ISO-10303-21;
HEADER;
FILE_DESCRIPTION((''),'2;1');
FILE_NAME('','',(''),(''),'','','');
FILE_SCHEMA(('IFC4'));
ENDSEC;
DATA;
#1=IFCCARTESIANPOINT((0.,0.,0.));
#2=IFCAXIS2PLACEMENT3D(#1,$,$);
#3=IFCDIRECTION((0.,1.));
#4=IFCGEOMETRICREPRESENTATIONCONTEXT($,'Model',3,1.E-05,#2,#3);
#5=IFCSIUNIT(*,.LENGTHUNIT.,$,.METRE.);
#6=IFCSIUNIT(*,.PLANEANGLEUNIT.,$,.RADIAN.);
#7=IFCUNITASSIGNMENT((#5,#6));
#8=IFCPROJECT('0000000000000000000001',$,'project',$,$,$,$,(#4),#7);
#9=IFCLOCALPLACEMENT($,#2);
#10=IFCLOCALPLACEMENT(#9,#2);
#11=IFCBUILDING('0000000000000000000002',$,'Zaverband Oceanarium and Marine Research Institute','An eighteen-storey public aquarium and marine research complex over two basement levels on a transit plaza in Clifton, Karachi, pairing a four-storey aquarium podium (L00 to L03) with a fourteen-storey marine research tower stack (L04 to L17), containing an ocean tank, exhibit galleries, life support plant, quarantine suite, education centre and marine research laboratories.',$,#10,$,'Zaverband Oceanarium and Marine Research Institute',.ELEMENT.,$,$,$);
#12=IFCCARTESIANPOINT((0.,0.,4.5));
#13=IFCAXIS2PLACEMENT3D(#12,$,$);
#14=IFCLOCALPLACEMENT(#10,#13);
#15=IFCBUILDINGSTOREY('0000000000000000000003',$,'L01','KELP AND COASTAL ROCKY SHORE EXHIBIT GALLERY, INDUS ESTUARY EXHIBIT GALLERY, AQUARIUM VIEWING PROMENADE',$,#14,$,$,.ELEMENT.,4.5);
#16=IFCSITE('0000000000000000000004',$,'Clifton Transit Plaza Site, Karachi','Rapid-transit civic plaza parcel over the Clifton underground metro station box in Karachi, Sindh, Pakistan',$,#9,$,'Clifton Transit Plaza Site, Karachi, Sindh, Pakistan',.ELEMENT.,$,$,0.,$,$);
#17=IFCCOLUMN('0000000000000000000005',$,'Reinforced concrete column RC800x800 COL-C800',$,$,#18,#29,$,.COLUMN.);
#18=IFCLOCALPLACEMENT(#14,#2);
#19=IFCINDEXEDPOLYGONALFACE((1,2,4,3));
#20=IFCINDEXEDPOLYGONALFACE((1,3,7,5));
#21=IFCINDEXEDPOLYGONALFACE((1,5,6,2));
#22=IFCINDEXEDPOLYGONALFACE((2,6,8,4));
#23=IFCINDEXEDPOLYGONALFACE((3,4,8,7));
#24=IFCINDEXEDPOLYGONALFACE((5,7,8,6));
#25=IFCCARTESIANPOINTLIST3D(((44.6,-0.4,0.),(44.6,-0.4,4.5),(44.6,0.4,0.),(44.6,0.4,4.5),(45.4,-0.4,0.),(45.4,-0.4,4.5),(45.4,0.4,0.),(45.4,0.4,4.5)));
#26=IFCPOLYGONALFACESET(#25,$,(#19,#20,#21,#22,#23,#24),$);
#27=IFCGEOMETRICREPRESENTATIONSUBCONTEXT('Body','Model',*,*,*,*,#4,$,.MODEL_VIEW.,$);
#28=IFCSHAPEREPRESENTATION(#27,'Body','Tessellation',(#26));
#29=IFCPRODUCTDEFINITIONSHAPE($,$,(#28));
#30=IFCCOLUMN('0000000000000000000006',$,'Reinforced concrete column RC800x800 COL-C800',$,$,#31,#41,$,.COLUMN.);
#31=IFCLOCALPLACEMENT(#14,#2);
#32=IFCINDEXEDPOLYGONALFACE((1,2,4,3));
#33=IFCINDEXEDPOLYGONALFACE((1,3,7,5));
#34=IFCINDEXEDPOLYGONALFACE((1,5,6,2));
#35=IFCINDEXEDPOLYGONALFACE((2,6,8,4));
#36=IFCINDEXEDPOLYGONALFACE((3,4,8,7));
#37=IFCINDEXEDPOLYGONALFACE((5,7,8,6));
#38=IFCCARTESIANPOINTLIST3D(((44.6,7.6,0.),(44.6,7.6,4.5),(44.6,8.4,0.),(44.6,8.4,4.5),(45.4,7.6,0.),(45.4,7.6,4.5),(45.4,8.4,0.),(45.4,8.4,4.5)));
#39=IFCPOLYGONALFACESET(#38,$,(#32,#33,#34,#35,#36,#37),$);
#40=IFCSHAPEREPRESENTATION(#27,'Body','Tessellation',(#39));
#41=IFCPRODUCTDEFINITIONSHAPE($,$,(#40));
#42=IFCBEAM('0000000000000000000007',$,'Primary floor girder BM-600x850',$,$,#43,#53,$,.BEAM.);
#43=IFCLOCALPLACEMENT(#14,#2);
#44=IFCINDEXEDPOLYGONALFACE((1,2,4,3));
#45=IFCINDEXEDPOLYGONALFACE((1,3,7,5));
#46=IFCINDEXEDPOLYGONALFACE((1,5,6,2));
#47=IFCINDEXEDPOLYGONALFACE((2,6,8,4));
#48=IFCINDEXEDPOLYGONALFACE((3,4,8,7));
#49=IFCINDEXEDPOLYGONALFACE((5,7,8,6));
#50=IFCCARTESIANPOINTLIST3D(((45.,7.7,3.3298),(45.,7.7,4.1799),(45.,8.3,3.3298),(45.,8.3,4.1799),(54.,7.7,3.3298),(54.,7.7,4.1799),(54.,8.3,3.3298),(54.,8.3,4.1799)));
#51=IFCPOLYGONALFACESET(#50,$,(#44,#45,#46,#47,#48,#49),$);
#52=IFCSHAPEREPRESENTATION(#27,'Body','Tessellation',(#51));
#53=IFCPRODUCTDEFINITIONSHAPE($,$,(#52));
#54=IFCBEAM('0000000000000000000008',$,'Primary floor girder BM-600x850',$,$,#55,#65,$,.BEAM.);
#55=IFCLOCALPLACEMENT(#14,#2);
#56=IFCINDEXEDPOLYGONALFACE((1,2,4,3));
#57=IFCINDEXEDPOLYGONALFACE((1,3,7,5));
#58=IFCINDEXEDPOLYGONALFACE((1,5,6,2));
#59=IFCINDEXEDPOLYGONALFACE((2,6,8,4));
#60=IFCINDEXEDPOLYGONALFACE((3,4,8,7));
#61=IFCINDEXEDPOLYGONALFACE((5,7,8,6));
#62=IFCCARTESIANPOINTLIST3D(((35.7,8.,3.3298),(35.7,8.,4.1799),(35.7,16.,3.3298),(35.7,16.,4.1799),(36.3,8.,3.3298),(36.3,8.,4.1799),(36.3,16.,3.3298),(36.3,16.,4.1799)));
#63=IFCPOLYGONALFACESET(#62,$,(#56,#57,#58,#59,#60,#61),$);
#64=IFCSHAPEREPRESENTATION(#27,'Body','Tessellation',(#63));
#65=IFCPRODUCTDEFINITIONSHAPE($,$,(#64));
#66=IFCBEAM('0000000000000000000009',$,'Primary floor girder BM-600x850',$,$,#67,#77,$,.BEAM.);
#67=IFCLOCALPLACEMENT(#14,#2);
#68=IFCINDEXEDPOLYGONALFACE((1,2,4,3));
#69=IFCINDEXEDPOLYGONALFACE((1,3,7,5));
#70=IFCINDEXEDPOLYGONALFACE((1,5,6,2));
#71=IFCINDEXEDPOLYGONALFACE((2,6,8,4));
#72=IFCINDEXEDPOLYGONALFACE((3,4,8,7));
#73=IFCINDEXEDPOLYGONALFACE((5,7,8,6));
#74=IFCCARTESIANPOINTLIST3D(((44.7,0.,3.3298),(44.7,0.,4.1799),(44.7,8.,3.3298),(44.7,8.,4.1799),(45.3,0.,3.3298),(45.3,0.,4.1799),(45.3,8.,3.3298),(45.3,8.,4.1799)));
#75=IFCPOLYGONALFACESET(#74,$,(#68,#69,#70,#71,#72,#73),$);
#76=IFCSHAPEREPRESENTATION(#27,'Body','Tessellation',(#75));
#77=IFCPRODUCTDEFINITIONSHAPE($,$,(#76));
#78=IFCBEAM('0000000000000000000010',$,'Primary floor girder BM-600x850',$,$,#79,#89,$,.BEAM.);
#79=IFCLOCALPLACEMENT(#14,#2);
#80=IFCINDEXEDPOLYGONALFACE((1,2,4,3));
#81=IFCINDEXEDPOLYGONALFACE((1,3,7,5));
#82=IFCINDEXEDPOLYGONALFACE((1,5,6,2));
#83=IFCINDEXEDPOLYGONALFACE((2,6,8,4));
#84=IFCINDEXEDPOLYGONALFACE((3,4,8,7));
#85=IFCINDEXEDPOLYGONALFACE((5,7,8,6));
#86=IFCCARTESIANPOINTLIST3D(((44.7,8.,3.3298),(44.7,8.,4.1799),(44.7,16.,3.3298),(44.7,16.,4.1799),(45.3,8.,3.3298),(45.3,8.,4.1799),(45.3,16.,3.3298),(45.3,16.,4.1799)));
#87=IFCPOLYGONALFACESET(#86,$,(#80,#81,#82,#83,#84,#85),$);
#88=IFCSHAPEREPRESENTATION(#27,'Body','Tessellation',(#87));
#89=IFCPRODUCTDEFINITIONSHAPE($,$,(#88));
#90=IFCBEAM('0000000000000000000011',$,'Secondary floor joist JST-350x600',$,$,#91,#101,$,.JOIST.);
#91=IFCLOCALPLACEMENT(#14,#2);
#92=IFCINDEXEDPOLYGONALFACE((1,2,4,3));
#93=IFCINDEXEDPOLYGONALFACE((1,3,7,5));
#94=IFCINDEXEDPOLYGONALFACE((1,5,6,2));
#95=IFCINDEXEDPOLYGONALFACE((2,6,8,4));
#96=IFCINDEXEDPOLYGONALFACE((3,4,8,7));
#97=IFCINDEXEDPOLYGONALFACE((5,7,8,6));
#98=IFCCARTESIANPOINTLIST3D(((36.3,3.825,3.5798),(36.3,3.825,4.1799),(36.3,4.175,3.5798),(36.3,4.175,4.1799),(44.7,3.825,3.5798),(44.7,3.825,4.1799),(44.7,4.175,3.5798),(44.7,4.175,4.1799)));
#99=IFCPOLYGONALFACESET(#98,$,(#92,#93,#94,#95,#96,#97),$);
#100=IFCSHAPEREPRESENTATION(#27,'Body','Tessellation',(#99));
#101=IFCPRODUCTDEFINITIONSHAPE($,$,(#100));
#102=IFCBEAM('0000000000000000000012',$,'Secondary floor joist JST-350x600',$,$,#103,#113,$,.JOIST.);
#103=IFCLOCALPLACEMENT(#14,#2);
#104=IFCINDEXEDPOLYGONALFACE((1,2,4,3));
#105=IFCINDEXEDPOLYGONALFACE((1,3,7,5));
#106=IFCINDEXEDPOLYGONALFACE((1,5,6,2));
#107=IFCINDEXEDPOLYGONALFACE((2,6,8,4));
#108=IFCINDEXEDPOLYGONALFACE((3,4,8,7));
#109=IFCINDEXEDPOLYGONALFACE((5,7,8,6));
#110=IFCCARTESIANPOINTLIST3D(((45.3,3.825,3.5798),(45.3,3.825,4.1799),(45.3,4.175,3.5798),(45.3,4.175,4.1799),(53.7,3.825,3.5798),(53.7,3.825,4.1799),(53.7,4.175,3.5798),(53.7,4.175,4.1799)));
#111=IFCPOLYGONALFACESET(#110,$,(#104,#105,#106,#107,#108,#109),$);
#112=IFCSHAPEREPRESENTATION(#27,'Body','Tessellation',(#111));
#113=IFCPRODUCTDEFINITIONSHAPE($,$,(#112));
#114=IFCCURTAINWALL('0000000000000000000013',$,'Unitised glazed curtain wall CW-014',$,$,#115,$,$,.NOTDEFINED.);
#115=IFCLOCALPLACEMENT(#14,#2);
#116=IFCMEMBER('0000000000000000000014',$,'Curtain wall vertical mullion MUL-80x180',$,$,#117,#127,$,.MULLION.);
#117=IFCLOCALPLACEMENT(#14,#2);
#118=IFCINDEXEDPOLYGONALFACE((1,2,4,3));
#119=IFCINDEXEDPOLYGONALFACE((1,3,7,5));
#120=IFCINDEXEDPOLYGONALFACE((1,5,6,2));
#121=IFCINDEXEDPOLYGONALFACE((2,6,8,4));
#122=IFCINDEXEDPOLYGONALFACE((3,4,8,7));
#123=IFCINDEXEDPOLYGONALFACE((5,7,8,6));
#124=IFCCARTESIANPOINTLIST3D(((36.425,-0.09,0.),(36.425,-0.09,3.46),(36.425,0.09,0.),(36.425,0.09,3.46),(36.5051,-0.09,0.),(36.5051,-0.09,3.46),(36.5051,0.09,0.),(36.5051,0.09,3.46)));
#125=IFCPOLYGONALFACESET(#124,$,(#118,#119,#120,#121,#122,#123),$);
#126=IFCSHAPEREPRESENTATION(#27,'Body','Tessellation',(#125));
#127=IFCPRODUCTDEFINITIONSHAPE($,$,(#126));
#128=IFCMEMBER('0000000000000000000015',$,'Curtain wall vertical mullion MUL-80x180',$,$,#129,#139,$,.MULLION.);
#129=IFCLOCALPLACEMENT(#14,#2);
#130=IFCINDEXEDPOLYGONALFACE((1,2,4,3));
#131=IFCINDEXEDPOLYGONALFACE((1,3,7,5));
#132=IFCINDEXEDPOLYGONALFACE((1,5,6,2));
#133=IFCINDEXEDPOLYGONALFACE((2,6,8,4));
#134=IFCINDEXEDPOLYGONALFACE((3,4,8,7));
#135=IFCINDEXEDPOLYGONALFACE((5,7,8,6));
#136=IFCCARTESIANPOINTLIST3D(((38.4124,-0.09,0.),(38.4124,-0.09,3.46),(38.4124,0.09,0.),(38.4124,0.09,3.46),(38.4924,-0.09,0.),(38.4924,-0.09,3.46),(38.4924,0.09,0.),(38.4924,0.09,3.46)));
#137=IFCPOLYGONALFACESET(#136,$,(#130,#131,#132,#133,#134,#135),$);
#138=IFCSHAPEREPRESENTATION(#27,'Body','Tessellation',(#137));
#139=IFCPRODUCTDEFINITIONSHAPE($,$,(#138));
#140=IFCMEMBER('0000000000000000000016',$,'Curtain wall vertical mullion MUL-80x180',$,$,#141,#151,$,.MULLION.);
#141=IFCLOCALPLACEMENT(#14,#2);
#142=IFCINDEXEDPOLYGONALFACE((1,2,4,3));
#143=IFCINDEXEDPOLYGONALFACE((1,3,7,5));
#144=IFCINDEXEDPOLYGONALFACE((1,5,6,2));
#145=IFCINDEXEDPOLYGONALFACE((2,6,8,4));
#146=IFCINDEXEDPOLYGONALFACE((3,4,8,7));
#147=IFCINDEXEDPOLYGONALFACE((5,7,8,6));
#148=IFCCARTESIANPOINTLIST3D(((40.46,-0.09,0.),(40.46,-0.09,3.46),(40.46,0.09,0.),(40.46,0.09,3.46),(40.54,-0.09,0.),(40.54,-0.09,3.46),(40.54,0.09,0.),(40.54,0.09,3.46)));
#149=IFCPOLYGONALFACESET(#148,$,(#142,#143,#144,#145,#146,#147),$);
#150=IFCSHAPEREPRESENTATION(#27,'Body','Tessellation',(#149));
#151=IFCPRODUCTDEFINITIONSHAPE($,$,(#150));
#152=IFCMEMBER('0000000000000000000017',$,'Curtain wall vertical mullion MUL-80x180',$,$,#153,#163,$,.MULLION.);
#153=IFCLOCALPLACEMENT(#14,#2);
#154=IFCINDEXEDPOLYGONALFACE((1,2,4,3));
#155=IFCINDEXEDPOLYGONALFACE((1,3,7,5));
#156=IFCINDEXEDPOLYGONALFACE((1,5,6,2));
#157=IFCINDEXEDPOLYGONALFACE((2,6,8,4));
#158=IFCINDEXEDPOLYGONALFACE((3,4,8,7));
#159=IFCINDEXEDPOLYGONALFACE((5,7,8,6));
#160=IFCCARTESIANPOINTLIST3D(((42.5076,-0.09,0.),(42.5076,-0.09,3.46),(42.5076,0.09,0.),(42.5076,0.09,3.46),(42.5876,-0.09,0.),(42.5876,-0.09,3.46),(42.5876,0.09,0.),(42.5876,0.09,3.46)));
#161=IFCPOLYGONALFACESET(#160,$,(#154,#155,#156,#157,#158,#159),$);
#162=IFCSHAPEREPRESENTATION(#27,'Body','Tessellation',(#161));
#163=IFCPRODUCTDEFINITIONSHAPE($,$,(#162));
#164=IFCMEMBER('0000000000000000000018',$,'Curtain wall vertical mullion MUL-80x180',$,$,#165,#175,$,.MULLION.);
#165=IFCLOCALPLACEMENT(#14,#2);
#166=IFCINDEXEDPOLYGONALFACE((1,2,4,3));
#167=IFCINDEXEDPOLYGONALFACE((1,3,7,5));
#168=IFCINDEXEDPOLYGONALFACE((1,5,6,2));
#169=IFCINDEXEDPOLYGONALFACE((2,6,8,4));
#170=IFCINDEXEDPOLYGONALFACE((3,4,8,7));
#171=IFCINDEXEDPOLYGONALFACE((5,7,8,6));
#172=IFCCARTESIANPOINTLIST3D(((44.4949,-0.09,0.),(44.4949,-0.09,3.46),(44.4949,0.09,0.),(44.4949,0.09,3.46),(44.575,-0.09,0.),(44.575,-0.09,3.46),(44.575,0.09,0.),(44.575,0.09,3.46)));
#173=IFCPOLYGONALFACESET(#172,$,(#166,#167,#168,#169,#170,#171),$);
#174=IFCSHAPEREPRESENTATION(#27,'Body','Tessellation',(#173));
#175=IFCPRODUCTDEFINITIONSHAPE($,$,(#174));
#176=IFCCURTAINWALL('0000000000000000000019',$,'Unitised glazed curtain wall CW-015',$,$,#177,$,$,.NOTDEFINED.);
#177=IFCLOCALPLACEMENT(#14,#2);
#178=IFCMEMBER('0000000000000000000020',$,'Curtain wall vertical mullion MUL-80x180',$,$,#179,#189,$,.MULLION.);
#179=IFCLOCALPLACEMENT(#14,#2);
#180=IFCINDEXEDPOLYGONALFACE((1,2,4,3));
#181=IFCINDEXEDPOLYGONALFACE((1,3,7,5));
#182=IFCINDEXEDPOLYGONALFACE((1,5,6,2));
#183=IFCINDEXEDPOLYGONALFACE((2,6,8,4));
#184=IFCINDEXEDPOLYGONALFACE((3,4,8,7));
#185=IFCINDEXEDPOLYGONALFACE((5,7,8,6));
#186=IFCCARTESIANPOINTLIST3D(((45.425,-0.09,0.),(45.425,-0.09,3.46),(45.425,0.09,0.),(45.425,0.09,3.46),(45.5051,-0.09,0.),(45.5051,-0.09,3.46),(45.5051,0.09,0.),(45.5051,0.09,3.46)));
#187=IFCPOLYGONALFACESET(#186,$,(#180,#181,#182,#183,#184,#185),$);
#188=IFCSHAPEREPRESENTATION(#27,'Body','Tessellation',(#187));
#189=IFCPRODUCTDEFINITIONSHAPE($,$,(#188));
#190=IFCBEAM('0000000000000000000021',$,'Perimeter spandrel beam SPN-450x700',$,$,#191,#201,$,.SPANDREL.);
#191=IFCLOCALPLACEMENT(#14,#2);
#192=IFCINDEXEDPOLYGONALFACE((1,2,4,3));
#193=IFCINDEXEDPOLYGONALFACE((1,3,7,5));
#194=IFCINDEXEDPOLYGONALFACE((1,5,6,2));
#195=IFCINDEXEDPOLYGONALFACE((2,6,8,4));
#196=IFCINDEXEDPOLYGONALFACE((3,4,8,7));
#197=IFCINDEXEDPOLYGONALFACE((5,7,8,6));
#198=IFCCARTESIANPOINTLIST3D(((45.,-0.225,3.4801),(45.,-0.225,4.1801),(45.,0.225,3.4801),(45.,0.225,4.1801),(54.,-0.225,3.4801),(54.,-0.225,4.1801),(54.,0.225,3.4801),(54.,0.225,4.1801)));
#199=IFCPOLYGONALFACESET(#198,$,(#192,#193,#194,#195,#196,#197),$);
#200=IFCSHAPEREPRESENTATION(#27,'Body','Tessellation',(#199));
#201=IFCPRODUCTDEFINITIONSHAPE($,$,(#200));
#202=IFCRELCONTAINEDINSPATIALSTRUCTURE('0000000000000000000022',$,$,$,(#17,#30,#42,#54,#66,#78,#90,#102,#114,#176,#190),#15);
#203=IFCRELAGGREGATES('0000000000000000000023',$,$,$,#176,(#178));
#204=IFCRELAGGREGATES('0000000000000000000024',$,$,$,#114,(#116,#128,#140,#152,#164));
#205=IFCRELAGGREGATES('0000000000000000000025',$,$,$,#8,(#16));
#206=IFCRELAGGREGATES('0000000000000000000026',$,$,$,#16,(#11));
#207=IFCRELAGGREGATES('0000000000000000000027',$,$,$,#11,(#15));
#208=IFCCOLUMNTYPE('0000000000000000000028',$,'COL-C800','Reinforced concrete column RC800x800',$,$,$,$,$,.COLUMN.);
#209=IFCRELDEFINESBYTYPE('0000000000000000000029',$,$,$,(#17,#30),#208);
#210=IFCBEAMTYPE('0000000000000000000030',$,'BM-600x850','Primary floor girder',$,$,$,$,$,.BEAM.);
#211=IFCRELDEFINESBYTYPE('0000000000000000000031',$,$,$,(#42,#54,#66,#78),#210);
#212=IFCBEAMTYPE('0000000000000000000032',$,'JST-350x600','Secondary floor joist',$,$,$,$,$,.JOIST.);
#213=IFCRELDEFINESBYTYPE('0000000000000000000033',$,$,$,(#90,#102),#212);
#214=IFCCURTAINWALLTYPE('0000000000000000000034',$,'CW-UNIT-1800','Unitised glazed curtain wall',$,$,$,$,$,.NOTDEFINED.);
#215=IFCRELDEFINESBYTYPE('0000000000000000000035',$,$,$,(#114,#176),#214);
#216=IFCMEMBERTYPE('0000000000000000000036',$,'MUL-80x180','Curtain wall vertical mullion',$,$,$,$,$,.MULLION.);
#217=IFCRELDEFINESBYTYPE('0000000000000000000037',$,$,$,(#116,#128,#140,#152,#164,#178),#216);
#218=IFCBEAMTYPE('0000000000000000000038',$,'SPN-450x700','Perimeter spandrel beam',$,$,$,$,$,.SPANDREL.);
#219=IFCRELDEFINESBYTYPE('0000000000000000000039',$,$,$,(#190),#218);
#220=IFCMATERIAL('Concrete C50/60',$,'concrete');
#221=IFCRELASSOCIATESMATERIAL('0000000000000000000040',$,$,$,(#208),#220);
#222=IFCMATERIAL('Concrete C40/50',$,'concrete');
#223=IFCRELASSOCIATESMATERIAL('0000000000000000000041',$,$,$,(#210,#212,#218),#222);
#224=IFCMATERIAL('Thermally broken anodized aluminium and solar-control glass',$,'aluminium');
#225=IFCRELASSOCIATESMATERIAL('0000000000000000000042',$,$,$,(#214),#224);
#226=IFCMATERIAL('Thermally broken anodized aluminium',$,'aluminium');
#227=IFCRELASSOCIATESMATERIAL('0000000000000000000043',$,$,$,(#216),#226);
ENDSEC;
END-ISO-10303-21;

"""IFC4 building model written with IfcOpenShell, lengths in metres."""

from ifc_helpers import new_model, si_unit, direction, frame, origin, origin_2d, place, context, subcontext, project, spatial, rectangle, extrude, material, material_profile, profile_set, type_object, element, aggregate, save


model = new_model("IFC4")

# Units and contexts
model_context = context("Model", 3, precision=1e-05, world=origin(), true_north=direction((0.0, 1.0)))
body_context = subcontext(model_context, "Body", "Model", "MODEL_VIEW")
ifc_project = project(units=[si_unit("LENGTHUNIT", "METRE"), si_unit("PLANEANGLEUNIT", "RADIAN")], contexts=[model_context])

# Site, building, storey
site_placement = place(None, origin())
site = spatial("IfcSite", under=ifc_project, at=site_placement, Name="Clifton Transit Plaza Site, Karachi", Description="Rapid-transit civic plaza parcel over the Clifton underground metro station box in Karachi, Sindh, Pakistan", LongName="Clifton Transit Plaza Site, Karachi, Sindh, Pakistan", CompositionType="ELEMENT", RefElevation=0.0)
building_placement = place(site_placement, origin())
building = spatial("IfcBuilding", under=site, at=building_placement, Name="Zaverband Oceanarium and Marine Research Institute", Description="An eighteen-storey public aquarium and marine research complex over two basement levels on a transit plaza in Clifton, Karachi, pairing a four-storey aquarium podium (L00 to L03) with a fourteen-storey marine research tower stack (L04 to L17), containing an ocean tank, exhibit galleries, life support plant, quarantine suite, education centre and marine research laboratories.", LongName="Zaverband Oceanarium and Marine Research Institute", CompositionType="ELEMENT")
storey_placement = place(building_placement, frame((0.0, 0.0, 4.5)))
storey = spatial("IfcBuildingStorey", under=building, at=storey_placement, Name="L01", Description="KELP AND COASTAL ROCKY SHORE EXHIBIT GALLERY, INDUS ESTUARY EXHIBIT GALLERY, AQUARIUM VIEWING PROMENADE", CompositionType="ELEMENT", Elevation=4.5)

# Columns
ifc_material_1 = material(Name="Concrete C50/60", Category="concrete")
ifc_material_profile_1 = material_profile(ifc_material_1, rectangle(XDim=0.8, YDim=0.8, at=origin_2d()), Name="RC800x800")
ifc_profile_set_1 = profile_set([ifc_material_profile_1], Name="Concrete C50/60")
column_type = type_object("IfcColumnType", Name="COL-C800", Description="Reinforced concrete column RC800x800", PredefinedType="COLUMN", material=ifc_profile_set_1)
for number, where, z_axis, x_axis, name in (
    (1, (45.0, 0.0, 0.0), (0.0, 0.0, 1.0), (1.0, 0.0, 0.0), "Reinforced concrete column RC800x800 COL-C800"),
    (2, (45.0, 8.0, 0.0), (0.0, 0.0, 1.0), (1.0, 0.0, 0.0), "Reinforced concrete column RC800x800 COL-C800"),
):
    element("IfcColumn", number, at=place(storey_placement, frame(where, z_axis=z_axis, x_axis=x_axis)), inside=storey, type_object=column_type, Name=name, PredefinedType="COLUMN", context=body_context, shape_type="SweptSolid", body=[
        extrude(rectangle(XDim=0.8, YDim=0.8, at=origin_2d()), origin(), (0.0, 0.0, 1.0), 4.5),
    ])

# Beams
ifc_material_2 = material(Name="Concrete C40/50", Category="concrete")
ifc_material_profile_2 = material_profile(ifc_material_2, rectangle(XDim=0.6001, YDim=0.8501, at=origin_2d()), Name="RC600x850")
ifc_profile_set_2 = profile_set([ifc_material_profile_2], Name="Concrete C40/50")
beam_type_1 = type_object("IfcBeamType", Name="BM-600x850", Description="Primary floor girder", PredefinedType="BEAM", material=ifc_profile_set_2)
beam_1_placement = place(storey_placement, frame((45.0, 8.0, 3.7549), z_axis=(1.0, 0.0, 0.0), x_axis=(0.0, 1.0, 0.0)))
element("IfcBeam", 3, at=beam_1_placement, inside=storey, type_object=beam_type_1, Name="Primary floor girder BM-600x850", PredefinedType="BEAM", context=body_context, shape_type="SweptSolid", body=[
    extrude(rectangle(XDim=0.6001, YDim=0.8501, at=origin_2d()), origin(), (0.0, 0.0, 1.0), 9.0),
])
for number, where, z_axis, x_axis, name in (
    (4, (36.0, 8.0, 3.7549), (0.0, 1.0, 0.0), (-1.0, 0.0, 0.0), "Primary floor girder BM-600x850"),
    (5, (45.0, 0.0, 3.7549), (0.0, 1.0, 0.0), (-1.0, 0.0, 0.0), "Primary floor girder BM-600x850"),
    (6, (45.0, 8.0, 3.7549), (0.0, 1.0, 0.0), (-1.0, 0.0, 0.0), "Primary floor girder BM-600x850"),
):
    element("IfcBeam", number, at=place(storey_placement, frame(where, z_axis=z_axis, x_axis=x_axis)), inside=storey, type_object=beam_type_1, Name=name, PredefinedType="BEAM", context=body_context, shape_type="SweptSolid", body=[
        extrude(rectangle(XDim=0.6001, YDim=0.8501, at=origin_2d()), origin(), (0.0, 0.0, 1.0), 8.0),
    ])
ifc_material_profile_3 = material_profile(ifc_material_2, rectangle(XDim=0.3501, YDim=0.6001, at=origin_2d()), Name="RC350x600")
ifc_profile_set_3 = profile_set([ifc_material_profile_3], Name="Concrete C40/50")
beam_type_2 = type_object("IfcBeamType", Name="JST-350x600", Description="Secondary floor joist", PredefinedType="JOIST", material=ifc_profile_set_3)
for number, where, z_axis, x_axis, name in (
    (7, (36.3, 4.0, 3.8799), (1.0, 0.0, 0.0), (0.0, 1.0, 0.0), "Secondary floor joist JST-350x600"),
    (8, (45.3, 4.0, 3.8799), (1.0, 0.0, 0.0), (0.0, 1.0, 0.0), "Secondary floor joist JST-350x600"),
):
    element("IfcBeam", number, at=place(storey_placement, frame(where, z_axis=z_axis, x_axis=x_axis)), inside=storey, type_object=beam_type_2, Name=name, PredefinedType="JOIST", context=body_context, shape_type="SweptSolid", body=[
        extrude(rectangle(XDim=0.3501, YDim=0.6001, at=origin_2d()), origin(), (0.0, 0.0, 1.0), 8.3999),
    ])

# Curtain wall, members
ifc_material_3 = material(Name="Thermally broken anodized aluminium and solar-control glass", Category="aluminium")
curtain_wall_type = type_object("IfcCurtainWallType", Name="CW-UNIT-1800", Description="Unitised glazed curtain wall", PredefinedType="NOTDEFINED", material=ifc_material_3)
curtain_wall_1_placement = place(storey_placement, origin())
curtain_wall_1 = element("IfcCurtainWall", 9, at=curtain_wall_1_placement, inside=storey, type_object=curtain_wall_type, Name="Unitised glazed curtain wall CW-014", PredefinedType="NOTDEFINED")
ifc_material_4 = material(Name="Thermally broken anodized aluminium", Category="aluminium")
ifc_material_profile_4 = material_profile(ifc_material_4, rectangle(XDim=0.0801, YDim=0.1799, at=origin_2d()), Name="AL-MUL-80x180")
ifc_profile_set_4 = profile_set([ifc_material_profile_4], Name="Thermally broken anodized aluminium")
member_type_1 = type_object("IfcMemberType", Name="MUL-80x180", Description="Curtain wall vertical mullion", PredefinedType="MULLION", material=ifc_profile_set_4)
member_1_placement = place(storey_placement, frame((36.4651, 0.0, 0.0), z_axis=(0.0, 0.0, 1.0), x_axis=(1.0, 0.0, 0.0)))
member_1 = element("IfcMember", 10, at=member_1_placement, type_object=member_type_1, Name="Curtain wall vertical mullion MUL-80x180", PredefinedType="MULLION", context=body_context, shape_type="SweptSolid", body=[
    extrude(rectangle(XDim=0.0801, YDim=0.1799, at=origin_2d()), origin(), (0.0, 0.0, 1.0), 3.46),
])
member_2_placement = place(storey_placement, frame((38.4524, 0.0, 0.0), z_axis=(0.0, 0.0, 1.0), x_axis=(1.0, 0.0, 0.0)))
member_2 = element("IfcMember", 11, at=member_2_placement, type_object=member_type_1, Name="Curtain wall vertical mullion MUL-80x180", PredefinedType="MULLION", context=body_context, shape_type="SweptSolid", body=[
    extrude(rectangle(XDim=0.0801, YDim=0.1799, at=origin_2d()), origin(), (0.0, 0.0, 1.0), 3.46),
])
member_3_placement = place(storey_placement, frame((40.5, 0.0, 0.0), z_axis=(0.0, 0.0, 1.0), x_axis=(1.0, 0.0, 0.0)))
member_3 = element("IfcMember", 12, at=member_3_placement, type_object=member_type_1, Name="Curtain wall vertical mullion MUL-80x180", PredefinedType="MULLION", context=body_context, shape_type="SweptSolid", body=[
    extrude(rectangle(XDim=0.0801, YDim=0.1799, at=origin_2d()), origin(), (0.0, 0.0, 1.0), 3.46),
])
member_4_placement = place(storey_placement, frame((42.5476, 0.0, 0.0), z_axis=(0.0, 0.0, 1.0), x_axis=(1.0, 0.0, 0.0)))
member_4 = element("IfcMember", 13, at=member_4_placement, type_object=member_type_1, Name="Curtain wall vertical mullion MUL-80x180", PredefinedType="MULLION", context=body_context, shape_type="SweptSolid", body=[
    extrude(rectangle(XDim=0.0801, YDim=0.1799, at=origin_2d()), origin(), (0.0, 0.0, 1.0), 3.46),
])
member_5_placement = place(storey_placement, frame((44.5349, 0.0, 0.0), z_axis=(0.0, 0.0, 1.0), x_axis=(1.0, 0.0, 0.0)))
member_5 = element("IfcMember", 14, at=member_5_placement, type_object=member_type_1, Name="Curtain wall vertical mullion MUL-80x180", PredefinedType="MULLION", context=body_context, shape_type="SweptSolid", body=[
    extrude(rectangle(XDim=0.0801, YDim=0.1799, at=origin_2d()), origin(), (0.0, 0.0, 1.0), 3.46),
])

# Curtain wall, member
curtain_wall_2_placement = place(storey_placement, origin())
curtain_wall_2 = element("IfcCurtainWall", 15, at=curtain_wall_2_placement, inside=storey, type_object=curtain_wall_type, Name="Unitised glazed curtain wall CW-015", PredefinedType="NOTDEFINED")
member_6_placement = place(storey_placement, frame((45.4651, 0.0, 0.0), z_axis=(0.0, 0.0, 1.0), x_axis=(1.0, 0.0, 0.0)))
member_6 = element("IfcMember", 16, at=member_6_placement, type_object=member_type_1, Name="Curtain wall vertical mullion MUL-80x180", PredefinedType="MULLION", context=body_context, shape_type="SweptSolid", body=[
    extrude(rectangle(XDim=0.0801, YDim=0.1799, at=origin_2d()), origin(), (0.0, 0.0, 1.0), 3.46),
])
aggregate(curtain_wall_2, [member_6])

# Beam
ifc_material_profile_5 = material_profile(ifc_material_2, rectangle(XDim=0.45, YDim=0.7, at=origin_2d()), Name="RC450x700")
ifc_profile_set_5 = profile_set([ifc_material_profile_5], Name="Concrete C40/50")
beam_type_3 = type_object("IfcBeamType", Name="SPN-450x700", Description="Perimeter spandrel beam", PredefinedType="SPANDREL", material=ifc_profile_set_5)
beam_2_placement = place(storey_placement, frame((45.0, 0.0, 3.8301), z_axis=(1.0, 0.0, 0.0), x_axis=(0.0, 1.0, 0.0)))
element("IfcBeam", 17, at=beam_2_placement, inside=storey, type_object=beam_type_3, Name="Perimeter spandrel beam SPN-450x700", PredefinedType="SPANDREL", context=body_context, shape_type="SweptSolid", body=[
    extrude(rectangle(XDim=0.45, YDim=0.7, at=origin_2d()), origin(), (0.0, 0.0, 1.0), 9.0),
])

aggregate(curtain_wall_1, [member_1, member_2, member_3, member_4, member_5])

save(model, "model.ifc")
